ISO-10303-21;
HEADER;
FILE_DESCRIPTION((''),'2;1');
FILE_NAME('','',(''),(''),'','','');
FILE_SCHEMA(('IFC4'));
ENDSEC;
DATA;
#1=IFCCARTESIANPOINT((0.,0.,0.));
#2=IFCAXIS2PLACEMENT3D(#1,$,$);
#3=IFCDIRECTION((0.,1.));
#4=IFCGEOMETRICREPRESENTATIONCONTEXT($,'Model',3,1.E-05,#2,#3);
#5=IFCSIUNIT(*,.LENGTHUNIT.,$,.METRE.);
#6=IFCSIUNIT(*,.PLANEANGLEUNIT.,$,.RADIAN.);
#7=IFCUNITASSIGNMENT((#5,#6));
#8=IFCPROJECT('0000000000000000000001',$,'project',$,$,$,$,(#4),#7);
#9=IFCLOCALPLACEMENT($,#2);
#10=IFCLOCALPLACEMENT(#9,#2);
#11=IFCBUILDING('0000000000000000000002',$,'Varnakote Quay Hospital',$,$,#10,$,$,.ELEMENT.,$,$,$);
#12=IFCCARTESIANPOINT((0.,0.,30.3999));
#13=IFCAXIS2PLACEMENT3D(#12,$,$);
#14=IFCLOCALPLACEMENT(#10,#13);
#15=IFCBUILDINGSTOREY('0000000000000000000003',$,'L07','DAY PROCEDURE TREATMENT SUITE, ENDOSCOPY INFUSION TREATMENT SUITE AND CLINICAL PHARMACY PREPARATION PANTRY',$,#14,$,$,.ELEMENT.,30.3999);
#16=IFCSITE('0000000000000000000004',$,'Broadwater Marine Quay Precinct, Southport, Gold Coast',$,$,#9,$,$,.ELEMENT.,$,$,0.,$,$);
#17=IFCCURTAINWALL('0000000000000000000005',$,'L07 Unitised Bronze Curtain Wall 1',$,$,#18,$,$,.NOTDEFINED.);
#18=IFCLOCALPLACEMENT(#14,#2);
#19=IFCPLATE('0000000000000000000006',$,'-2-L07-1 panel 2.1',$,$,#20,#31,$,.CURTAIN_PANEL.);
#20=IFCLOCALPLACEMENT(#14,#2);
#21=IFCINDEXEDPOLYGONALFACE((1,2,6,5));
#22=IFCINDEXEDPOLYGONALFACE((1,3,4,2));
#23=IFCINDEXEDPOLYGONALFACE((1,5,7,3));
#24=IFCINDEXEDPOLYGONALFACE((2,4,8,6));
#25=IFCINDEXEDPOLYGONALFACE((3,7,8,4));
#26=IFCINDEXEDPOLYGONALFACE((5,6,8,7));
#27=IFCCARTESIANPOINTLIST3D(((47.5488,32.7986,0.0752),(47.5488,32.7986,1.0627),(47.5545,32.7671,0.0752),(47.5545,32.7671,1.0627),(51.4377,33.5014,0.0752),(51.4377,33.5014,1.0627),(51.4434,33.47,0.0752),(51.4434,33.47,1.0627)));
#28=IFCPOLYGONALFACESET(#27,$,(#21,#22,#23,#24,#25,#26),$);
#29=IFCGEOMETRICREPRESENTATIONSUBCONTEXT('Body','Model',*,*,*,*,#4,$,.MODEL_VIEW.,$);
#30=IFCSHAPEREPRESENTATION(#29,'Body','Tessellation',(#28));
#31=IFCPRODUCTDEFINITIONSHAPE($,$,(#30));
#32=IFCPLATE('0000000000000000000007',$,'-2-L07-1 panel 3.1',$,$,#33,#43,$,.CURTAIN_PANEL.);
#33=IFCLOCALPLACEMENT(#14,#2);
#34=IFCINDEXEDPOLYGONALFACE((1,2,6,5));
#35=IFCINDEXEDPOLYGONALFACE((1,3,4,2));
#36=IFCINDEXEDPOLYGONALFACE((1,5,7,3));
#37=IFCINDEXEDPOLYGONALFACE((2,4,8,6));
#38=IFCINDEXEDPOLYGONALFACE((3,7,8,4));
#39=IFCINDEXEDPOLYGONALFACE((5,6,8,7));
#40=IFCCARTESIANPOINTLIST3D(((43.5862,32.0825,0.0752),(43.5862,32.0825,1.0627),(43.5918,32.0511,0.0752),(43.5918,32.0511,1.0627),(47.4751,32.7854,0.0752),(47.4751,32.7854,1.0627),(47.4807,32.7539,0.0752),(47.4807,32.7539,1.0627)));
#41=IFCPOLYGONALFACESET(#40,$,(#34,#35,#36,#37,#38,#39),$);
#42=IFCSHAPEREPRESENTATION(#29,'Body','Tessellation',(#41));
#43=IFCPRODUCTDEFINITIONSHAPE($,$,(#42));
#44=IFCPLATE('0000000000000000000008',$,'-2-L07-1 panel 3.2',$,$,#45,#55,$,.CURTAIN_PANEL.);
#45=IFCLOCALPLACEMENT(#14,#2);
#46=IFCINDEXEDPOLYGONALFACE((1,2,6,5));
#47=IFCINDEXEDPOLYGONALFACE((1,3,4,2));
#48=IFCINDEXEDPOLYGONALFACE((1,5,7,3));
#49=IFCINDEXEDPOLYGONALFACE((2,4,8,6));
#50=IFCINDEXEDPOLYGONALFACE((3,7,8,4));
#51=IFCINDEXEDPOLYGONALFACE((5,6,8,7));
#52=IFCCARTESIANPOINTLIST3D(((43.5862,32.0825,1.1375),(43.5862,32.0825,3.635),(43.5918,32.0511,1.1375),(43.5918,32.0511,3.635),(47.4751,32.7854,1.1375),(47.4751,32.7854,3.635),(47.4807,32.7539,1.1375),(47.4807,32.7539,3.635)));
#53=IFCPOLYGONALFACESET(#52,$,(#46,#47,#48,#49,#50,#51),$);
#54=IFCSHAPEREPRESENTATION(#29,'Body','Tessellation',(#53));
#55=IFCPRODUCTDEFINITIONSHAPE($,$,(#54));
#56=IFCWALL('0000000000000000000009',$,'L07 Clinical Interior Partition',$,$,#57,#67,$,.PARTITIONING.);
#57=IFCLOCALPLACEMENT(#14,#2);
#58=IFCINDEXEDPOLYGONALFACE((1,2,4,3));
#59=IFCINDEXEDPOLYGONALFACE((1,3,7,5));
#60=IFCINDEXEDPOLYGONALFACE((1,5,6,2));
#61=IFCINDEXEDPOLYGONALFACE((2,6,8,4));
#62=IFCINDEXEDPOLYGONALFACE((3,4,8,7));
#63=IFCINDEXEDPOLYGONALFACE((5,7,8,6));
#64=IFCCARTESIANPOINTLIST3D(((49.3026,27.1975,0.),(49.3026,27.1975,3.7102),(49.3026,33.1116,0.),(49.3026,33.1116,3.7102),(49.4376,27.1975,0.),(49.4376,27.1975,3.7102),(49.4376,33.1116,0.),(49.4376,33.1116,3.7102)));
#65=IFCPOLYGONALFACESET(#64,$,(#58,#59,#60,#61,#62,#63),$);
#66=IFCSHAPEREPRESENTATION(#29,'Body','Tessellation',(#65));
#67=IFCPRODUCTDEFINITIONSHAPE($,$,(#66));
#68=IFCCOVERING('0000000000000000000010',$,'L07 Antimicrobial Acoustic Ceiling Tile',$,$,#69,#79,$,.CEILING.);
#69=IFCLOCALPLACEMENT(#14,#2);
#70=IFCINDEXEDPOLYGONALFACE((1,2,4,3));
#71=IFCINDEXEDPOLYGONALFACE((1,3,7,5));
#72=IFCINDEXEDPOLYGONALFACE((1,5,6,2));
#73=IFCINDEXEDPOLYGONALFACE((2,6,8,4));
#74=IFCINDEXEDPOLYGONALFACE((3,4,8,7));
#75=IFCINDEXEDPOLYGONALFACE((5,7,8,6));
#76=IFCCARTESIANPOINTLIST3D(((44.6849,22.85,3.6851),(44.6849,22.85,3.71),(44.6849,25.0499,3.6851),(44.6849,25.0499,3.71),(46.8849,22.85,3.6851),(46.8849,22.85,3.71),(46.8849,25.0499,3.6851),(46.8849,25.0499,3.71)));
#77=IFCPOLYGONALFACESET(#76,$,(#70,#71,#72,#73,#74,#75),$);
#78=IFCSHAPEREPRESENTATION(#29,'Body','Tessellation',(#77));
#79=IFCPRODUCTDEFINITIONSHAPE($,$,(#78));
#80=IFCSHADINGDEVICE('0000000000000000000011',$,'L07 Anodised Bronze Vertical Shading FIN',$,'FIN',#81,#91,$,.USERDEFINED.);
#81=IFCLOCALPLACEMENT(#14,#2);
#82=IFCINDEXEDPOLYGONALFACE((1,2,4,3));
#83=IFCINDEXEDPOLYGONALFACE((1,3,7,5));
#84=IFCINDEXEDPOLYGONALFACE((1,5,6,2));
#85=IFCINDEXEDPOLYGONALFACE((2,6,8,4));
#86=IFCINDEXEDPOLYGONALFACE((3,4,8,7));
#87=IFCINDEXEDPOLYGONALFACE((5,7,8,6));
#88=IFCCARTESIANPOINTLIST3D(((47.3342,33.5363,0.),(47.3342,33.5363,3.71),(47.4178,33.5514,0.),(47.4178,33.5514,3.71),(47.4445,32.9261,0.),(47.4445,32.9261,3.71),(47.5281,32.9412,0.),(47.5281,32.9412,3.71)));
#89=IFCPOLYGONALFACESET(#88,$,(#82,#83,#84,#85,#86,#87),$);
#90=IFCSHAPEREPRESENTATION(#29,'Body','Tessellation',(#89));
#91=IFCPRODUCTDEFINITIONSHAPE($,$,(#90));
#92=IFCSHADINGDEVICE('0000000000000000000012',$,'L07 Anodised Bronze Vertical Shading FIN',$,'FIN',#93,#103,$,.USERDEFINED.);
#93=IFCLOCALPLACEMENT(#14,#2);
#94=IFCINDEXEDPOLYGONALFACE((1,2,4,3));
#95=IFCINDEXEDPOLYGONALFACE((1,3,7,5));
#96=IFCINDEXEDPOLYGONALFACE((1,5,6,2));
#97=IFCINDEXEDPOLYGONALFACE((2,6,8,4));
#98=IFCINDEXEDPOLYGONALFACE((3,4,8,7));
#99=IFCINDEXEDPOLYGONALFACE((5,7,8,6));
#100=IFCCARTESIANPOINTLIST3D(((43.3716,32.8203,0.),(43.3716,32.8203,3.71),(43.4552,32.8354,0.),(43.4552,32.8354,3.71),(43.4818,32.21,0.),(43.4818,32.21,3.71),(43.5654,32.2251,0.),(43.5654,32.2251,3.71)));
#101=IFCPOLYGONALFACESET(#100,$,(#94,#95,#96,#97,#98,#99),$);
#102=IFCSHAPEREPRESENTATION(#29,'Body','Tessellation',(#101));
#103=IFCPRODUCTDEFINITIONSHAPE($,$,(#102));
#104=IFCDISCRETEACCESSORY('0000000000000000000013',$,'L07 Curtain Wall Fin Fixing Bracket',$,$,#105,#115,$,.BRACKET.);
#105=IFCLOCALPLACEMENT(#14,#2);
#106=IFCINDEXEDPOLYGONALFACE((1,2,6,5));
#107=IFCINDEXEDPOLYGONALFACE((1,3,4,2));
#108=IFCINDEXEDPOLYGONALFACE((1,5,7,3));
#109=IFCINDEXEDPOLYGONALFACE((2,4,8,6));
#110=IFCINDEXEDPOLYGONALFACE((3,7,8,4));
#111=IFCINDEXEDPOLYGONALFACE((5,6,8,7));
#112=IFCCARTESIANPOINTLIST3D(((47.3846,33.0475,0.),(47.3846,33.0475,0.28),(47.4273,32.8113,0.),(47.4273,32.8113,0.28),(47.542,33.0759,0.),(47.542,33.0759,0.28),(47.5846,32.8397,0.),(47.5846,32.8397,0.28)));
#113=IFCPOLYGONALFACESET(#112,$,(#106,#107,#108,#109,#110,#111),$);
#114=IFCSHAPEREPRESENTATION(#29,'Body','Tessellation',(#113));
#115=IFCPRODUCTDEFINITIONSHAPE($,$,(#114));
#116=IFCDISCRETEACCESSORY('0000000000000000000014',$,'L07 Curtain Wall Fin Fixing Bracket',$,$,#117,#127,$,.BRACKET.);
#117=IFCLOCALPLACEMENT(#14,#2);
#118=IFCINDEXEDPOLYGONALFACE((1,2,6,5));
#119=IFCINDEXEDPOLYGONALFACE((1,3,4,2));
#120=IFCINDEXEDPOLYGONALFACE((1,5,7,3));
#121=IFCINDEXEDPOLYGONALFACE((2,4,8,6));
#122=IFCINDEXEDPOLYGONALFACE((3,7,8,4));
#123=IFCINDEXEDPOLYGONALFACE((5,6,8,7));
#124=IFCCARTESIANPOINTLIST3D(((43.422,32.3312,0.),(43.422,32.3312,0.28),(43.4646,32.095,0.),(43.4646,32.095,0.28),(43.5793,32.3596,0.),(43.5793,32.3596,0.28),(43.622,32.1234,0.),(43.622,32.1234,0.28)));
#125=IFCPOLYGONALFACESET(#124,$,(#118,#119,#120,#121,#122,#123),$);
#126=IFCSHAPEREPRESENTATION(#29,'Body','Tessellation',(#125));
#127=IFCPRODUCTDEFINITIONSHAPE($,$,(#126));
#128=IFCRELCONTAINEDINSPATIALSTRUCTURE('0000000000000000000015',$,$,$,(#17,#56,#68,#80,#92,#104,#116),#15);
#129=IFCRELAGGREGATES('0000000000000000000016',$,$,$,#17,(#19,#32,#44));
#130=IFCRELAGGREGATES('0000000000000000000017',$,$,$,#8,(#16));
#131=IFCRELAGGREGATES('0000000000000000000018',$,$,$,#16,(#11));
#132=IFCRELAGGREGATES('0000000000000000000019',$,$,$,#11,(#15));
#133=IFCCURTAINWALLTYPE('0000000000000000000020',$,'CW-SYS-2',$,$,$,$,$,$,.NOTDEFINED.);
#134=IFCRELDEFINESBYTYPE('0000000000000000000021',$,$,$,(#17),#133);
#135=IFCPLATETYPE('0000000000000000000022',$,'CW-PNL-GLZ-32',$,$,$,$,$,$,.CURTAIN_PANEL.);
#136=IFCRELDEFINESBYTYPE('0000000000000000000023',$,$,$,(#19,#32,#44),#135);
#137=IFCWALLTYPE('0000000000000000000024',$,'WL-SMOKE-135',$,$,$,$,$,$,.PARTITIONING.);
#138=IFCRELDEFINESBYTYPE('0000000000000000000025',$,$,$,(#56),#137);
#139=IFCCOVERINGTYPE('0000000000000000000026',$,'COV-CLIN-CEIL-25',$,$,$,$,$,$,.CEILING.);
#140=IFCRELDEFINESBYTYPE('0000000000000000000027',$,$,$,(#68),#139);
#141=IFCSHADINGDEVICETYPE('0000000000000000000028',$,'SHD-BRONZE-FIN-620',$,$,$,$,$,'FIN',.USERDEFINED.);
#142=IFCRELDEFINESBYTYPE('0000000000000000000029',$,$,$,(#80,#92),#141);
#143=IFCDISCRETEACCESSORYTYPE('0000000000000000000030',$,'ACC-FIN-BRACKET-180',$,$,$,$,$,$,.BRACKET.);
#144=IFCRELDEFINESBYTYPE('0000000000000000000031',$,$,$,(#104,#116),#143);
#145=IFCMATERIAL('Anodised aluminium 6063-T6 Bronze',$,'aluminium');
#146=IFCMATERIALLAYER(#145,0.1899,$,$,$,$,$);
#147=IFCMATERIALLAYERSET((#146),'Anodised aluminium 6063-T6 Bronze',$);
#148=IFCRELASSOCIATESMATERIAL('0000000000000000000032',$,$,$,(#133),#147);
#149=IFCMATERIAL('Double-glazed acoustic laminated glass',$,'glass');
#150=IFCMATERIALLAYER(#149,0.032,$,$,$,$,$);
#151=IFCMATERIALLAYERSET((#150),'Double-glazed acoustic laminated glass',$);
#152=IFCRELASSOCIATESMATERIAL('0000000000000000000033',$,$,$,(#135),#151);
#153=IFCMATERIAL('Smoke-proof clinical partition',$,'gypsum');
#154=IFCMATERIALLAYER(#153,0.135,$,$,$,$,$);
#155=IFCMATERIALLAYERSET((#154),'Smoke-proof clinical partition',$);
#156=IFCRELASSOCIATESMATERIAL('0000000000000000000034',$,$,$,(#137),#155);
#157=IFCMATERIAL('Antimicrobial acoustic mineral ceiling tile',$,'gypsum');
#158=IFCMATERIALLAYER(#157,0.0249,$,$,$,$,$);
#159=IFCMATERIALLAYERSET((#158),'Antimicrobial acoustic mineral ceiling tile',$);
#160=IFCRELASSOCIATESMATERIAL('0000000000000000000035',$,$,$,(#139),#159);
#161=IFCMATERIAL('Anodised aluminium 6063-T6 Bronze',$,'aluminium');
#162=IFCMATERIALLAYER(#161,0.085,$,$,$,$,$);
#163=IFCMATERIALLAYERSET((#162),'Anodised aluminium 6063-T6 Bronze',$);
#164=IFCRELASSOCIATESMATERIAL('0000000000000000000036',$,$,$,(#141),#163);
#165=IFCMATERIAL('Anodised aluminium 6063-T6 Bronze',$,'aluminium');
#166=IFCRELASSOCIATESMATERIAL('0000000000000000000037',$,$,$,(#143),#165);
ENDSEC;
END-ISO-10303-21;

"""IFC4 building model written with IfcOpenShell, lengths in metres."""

from ifc_helpers import new_model, si_unit, direction, frame, frame_2d, origin, origin_2d, place, context, subcontext, project, spatial, rectangle, extrude, material, layer, layer_set, type_object, element, aggregate, save


model = new_model("IFC4")

# Units and contexts
model_context = context("Model", 3, precision=1e-05, world=origin(), true_north=direction((0.0, 1.0)))
body_context = subcontext(model_context, "Body", "Model", "MODEL_VIEW")
ifc_project = project(units=[si_unit("LENGTHUNIT", "METRE"), si_unit("PLANEANGLEUNIT", "RADIAN")], contexts=[model_context])

# Site, building, storey
site_placement = place(None, origin())
site = spatial("IfcSite", under=ifc_project, at=site_placement, Name="Broadwater Marine Quay Precinct, Southport, Gold Coast", CompositionType="ELEMENT", RefElevation=0.0)
building_placement = place(site_placement, origin())
building = spatial("IfcBuilding", under=site, at=building_placement, Name="Varnakote Quay Hospital", CompositionType="ELEMENT")
storey_placement = place(building_placement, frame((0.0, 0.0, 30.3999)))
storey = spatial("IfcBuildingStorey", under=building, at=storey_placement, Name="L07", Description="DAY PROCEDURE TREATMENT SUITE, ENDOSCOPY INFUSION TREATMENT SUITE AND CLINICAL PHARMACY PREPARATION PANTRY", CompositionType="ELEMENT", Elevation=30.3999)

# Curtain wall
ifc_material_1 = material(Name="Anodised aluminium 6063-T6 Bronze", Category="aluminium")
ifc_layer_1 = layer(ifc_material_1, 0.1899)
ifc_layer_set_1 = layer_set([ifc_layer_1], Name="Anodised aluminium 6063-T6 Bronze")
curtain_wall_type = type_object("IfcCurtainWallType", Name="CW-SYS-2", PredefinedType="NOTDEFINED", material=ifc_layer_set_1)
curtain_wall_placement = place(storey_placement, origin())
curtain_wall = element("IfcCurtainWall", 1, at=curtain_wall_placement, inside=storey, type_object=curtain_wall_type, Name="L07 Unitised Bronze Curtain Wall 1", PredefinedType="NOTDEFINED")

# Plates
ifc_material_2 = material(Name="Double-glazed acoustic laminated glass", Category="glass")
ifc_layer_2 = layer(ifc_material_2, 0.032)
ifc_layer_set_2 = layer_set([ifc_layer_2], Name="Double-glazed acoustic laminated glass")
plate_type = type_object("IfcPlateType", Name="CW-PNL-GLZ-32", PredefinedType="CURTAIN_PANEL", material=ifc_layer_set_2)
plate_1_placement = place(storey_placement, frame((49.4961, 33.1343, 0.0752), z_axis=(0.0, 0.0, 1.0), x_axis=(-0.984058, -0.177846, 0.0)))
plate_1 = element("IfcPlate", 2, at=plate_1_placement, type_object=plate_type, Name="-2-L07-1 panel 2.1", PredefinedType="CURTAIN_PANEL", context=body_context, shape_type="SweptSolid", body=[
    extrude(rectangle(XDim=3.9519, YDim=0.032, at=origin_2d()), origin(), (0.0, 0.0, 1.0), 0.9875),
])
plate_2_placement = place(storey_placement, frame((45.5334, 32.4182, 0.0752), z_axis=(0.0, 0.0, 1.0), x_axis=(-0.984058, -0.177846, 0.0)))
plate_2 = element("IfcPlate", 3, at=plate_2_placement, type_object=plate_type, Name="-2-L07-1 panel 3.1", PredefinedType="CURTAIN_PANEL", context=body_context, shape_type="SweptSolid", body=[
    extrude(rectangle(XDim=3.9519, YDim=0.032, at=origin_2d()), origin(), (0.0, 0.0, 1.0), 0.9875),
])
plate_3_placement = place(storey_placement, frame((45.5334, 32.4182, 1.1375), z_axis=(0.0, 0.0, 1.0), x_axis=(-0.984058, -0.177846, 0.0)))
plate_3 = element("IfcPlate", 4, at=plate_3_placement, type_object=plate_type, Name="-2-L07-1 panel 3.2", PredefinedType="CURTAIN_PANEL", context=body_context, shape_type="SweptSolid", body=[
    extrude(rectangle(XDim=3.9519, YDim=0.032, at=origin_2d()), origin(), (0.0, 0.0, 1.0), 2.4976),
])
aggregate(curtain_wall, [plate_1, plate_2, plate_3])

# Wall
ifc_material_3 = material(Name="Smoke-proof clinical partition", Category="gypsum")
ifc_layer_3 = layer(ifc_material_3, 0.135)
ifc_layer_set_3 = layer_set([ifc_layer_3], Name="Smoke-proof clinical partition")
wall_type = type_object("IfcWallType", Name="WL-SMOKE-135", PredefinedType="PARTITIONING", material=ifc_layer_set_3)
wall_placement = place(storey_placement, frame((49.3701, 27.1975, 0.0), z_axis=(0.0, 0.0, 1.0), x_axis=(0.0, 1.0, 0.0)))
element("IfcWall", 5, at=wall_placement, inside=storey, type_object=wall_type, Name="L07 Clinical Interior Partition", PredefinedType="PARTITIONING", context=body_context, shape_type="SweptSolid", body=[
    extrude(rectangle(XDim=5.9141, YDim=0.135, at=frame_2d((2.957, 0.0))), origin(), (0.0, 0.0, 1.0), 3.7102),
])

# Covering
ifc_material_4 = material(Name="Antimicrobial acoustic mineral ceiling tile", Category="gypsum")
ifc_layer_4 = layer(ifc_material_4, 0.0249)
ifc_layer_set_4 = layer_set([ifc_layer_4], Name="Antimicrobial acoustic mineral ceiling tile")
covering_type = type_object("IfcCoveringType", Name="COV-CLIN-CEIL-25", PredefinedType="CEILING", material=ifc_layer_set_4)
covering_placement = place(storey_placement, frame((45.7849, 23.95, 3.6851), z_axis=(0.0, 0.0, 1.0), x_axis=(1.0, 0.0, 0.0)))
element("IfcCovering", 6, at=covering_placement, inside=storey, type_object=covering_type, Name="L07 Antimicrobial Acoustic Ceiling Tile", PredefinedType="CEILING", context=body_context, shape_type="SweptSolid", body=[
    extrude(rectangle(XDim=2.2, YDim=2.2, at=origin_2d()), origin(), (0.0, 0.0, 1.0), 0.0249),
])

# Shading devices
ifc_material_5 = material(Name="Anodised aluminium 6063-T6 Bronze", Category="aluminium")
ifc_layer_5 = layer(ifc_material_5, 0.085)
ifc_layer_set_5 = layer_set([ifc_layer_5], Name="Anodised aluminium 6063-T6 Bronze")
shading_device_type = type_object("IfcShadingDeviceType", Name="SHD-BRONZE-FIN-620", ElementType="FIN", PredefinedType="USERDEFINED", material=ifc_layer_set_5)
for number, where, z_axis, x_axis, name in (
    (7, (47.4312, 33.2388, 0.0), (0.0, 0.0, 1.0), (0.177772, -0.984072, 0.0), "L07 Anodised Bronze Vertical Shading FIN"),
    (8, (43.4685, 32.5227, 0.0), (0.0, 0.0, 1.0), (0.177772, -0.984072, 0.0), "L07 Anodised Bronze Vertical Shading FIN"),
):
    element("IfcShadingDevice", number, at=place(storey_placement, frame(where, z_axis=z_axis, x_axis=x_axis)), inside=storey, type_object=shading_device_type, Name=name, ObjectType="FIN", PredefinedType="USERDEFINED", context=body_context, shape_type="SweptSolid", body=[
        extrude(rectangle(XDim=0.6201, YDim=0.085, at=origin_2d()), origin(), (0.0, 0.0, 1.0), 3.71),
    ])

# Discrete accessories
ifc_material_6 = material(Name="Anodised aluminium 6063-T6 Bronze", Category="aluminium")
discrete_accessory_type = type_object("IfcDiscreteAccessoryType", Name="ACC-FIN-BRACKET-180", PredefinedType="BRACKET", material=ifc_material_6)
for number, where, z_axis, x_axis, name in (
    (9, (47.4846, 32.9436, 0.0), (0.0, 0.0, 1.0), (-0.984072, -0.177772, 0.0), "L07 Curtain Wall Fin Fixing Bracket"),
    (10, (43.522, 32.2273, 0.0), (0.0, 0.0, 1.0), (-0.984072, -0.177772, 0.0), "L07 Curtain Wall Fin Fixing Bracket"),
):
    element("IfcDiscreteAccessory", number, at=place(storey_placement, frame(where, z_axis=z_axis, x_axis=x_axis)), inside=storey, type_object=discrete_accessory_type, Name=name, PredefinedType="BRACKET", context=body_context, shape_type="SweptSolid", body=[
        extrude(rectangle(XDim=0.1599, YDim=0.24, at=origin_2d()), origin(), (0.0, 0.0, 1.0), 0.28),
    ])

save(model, "model.ifc")
